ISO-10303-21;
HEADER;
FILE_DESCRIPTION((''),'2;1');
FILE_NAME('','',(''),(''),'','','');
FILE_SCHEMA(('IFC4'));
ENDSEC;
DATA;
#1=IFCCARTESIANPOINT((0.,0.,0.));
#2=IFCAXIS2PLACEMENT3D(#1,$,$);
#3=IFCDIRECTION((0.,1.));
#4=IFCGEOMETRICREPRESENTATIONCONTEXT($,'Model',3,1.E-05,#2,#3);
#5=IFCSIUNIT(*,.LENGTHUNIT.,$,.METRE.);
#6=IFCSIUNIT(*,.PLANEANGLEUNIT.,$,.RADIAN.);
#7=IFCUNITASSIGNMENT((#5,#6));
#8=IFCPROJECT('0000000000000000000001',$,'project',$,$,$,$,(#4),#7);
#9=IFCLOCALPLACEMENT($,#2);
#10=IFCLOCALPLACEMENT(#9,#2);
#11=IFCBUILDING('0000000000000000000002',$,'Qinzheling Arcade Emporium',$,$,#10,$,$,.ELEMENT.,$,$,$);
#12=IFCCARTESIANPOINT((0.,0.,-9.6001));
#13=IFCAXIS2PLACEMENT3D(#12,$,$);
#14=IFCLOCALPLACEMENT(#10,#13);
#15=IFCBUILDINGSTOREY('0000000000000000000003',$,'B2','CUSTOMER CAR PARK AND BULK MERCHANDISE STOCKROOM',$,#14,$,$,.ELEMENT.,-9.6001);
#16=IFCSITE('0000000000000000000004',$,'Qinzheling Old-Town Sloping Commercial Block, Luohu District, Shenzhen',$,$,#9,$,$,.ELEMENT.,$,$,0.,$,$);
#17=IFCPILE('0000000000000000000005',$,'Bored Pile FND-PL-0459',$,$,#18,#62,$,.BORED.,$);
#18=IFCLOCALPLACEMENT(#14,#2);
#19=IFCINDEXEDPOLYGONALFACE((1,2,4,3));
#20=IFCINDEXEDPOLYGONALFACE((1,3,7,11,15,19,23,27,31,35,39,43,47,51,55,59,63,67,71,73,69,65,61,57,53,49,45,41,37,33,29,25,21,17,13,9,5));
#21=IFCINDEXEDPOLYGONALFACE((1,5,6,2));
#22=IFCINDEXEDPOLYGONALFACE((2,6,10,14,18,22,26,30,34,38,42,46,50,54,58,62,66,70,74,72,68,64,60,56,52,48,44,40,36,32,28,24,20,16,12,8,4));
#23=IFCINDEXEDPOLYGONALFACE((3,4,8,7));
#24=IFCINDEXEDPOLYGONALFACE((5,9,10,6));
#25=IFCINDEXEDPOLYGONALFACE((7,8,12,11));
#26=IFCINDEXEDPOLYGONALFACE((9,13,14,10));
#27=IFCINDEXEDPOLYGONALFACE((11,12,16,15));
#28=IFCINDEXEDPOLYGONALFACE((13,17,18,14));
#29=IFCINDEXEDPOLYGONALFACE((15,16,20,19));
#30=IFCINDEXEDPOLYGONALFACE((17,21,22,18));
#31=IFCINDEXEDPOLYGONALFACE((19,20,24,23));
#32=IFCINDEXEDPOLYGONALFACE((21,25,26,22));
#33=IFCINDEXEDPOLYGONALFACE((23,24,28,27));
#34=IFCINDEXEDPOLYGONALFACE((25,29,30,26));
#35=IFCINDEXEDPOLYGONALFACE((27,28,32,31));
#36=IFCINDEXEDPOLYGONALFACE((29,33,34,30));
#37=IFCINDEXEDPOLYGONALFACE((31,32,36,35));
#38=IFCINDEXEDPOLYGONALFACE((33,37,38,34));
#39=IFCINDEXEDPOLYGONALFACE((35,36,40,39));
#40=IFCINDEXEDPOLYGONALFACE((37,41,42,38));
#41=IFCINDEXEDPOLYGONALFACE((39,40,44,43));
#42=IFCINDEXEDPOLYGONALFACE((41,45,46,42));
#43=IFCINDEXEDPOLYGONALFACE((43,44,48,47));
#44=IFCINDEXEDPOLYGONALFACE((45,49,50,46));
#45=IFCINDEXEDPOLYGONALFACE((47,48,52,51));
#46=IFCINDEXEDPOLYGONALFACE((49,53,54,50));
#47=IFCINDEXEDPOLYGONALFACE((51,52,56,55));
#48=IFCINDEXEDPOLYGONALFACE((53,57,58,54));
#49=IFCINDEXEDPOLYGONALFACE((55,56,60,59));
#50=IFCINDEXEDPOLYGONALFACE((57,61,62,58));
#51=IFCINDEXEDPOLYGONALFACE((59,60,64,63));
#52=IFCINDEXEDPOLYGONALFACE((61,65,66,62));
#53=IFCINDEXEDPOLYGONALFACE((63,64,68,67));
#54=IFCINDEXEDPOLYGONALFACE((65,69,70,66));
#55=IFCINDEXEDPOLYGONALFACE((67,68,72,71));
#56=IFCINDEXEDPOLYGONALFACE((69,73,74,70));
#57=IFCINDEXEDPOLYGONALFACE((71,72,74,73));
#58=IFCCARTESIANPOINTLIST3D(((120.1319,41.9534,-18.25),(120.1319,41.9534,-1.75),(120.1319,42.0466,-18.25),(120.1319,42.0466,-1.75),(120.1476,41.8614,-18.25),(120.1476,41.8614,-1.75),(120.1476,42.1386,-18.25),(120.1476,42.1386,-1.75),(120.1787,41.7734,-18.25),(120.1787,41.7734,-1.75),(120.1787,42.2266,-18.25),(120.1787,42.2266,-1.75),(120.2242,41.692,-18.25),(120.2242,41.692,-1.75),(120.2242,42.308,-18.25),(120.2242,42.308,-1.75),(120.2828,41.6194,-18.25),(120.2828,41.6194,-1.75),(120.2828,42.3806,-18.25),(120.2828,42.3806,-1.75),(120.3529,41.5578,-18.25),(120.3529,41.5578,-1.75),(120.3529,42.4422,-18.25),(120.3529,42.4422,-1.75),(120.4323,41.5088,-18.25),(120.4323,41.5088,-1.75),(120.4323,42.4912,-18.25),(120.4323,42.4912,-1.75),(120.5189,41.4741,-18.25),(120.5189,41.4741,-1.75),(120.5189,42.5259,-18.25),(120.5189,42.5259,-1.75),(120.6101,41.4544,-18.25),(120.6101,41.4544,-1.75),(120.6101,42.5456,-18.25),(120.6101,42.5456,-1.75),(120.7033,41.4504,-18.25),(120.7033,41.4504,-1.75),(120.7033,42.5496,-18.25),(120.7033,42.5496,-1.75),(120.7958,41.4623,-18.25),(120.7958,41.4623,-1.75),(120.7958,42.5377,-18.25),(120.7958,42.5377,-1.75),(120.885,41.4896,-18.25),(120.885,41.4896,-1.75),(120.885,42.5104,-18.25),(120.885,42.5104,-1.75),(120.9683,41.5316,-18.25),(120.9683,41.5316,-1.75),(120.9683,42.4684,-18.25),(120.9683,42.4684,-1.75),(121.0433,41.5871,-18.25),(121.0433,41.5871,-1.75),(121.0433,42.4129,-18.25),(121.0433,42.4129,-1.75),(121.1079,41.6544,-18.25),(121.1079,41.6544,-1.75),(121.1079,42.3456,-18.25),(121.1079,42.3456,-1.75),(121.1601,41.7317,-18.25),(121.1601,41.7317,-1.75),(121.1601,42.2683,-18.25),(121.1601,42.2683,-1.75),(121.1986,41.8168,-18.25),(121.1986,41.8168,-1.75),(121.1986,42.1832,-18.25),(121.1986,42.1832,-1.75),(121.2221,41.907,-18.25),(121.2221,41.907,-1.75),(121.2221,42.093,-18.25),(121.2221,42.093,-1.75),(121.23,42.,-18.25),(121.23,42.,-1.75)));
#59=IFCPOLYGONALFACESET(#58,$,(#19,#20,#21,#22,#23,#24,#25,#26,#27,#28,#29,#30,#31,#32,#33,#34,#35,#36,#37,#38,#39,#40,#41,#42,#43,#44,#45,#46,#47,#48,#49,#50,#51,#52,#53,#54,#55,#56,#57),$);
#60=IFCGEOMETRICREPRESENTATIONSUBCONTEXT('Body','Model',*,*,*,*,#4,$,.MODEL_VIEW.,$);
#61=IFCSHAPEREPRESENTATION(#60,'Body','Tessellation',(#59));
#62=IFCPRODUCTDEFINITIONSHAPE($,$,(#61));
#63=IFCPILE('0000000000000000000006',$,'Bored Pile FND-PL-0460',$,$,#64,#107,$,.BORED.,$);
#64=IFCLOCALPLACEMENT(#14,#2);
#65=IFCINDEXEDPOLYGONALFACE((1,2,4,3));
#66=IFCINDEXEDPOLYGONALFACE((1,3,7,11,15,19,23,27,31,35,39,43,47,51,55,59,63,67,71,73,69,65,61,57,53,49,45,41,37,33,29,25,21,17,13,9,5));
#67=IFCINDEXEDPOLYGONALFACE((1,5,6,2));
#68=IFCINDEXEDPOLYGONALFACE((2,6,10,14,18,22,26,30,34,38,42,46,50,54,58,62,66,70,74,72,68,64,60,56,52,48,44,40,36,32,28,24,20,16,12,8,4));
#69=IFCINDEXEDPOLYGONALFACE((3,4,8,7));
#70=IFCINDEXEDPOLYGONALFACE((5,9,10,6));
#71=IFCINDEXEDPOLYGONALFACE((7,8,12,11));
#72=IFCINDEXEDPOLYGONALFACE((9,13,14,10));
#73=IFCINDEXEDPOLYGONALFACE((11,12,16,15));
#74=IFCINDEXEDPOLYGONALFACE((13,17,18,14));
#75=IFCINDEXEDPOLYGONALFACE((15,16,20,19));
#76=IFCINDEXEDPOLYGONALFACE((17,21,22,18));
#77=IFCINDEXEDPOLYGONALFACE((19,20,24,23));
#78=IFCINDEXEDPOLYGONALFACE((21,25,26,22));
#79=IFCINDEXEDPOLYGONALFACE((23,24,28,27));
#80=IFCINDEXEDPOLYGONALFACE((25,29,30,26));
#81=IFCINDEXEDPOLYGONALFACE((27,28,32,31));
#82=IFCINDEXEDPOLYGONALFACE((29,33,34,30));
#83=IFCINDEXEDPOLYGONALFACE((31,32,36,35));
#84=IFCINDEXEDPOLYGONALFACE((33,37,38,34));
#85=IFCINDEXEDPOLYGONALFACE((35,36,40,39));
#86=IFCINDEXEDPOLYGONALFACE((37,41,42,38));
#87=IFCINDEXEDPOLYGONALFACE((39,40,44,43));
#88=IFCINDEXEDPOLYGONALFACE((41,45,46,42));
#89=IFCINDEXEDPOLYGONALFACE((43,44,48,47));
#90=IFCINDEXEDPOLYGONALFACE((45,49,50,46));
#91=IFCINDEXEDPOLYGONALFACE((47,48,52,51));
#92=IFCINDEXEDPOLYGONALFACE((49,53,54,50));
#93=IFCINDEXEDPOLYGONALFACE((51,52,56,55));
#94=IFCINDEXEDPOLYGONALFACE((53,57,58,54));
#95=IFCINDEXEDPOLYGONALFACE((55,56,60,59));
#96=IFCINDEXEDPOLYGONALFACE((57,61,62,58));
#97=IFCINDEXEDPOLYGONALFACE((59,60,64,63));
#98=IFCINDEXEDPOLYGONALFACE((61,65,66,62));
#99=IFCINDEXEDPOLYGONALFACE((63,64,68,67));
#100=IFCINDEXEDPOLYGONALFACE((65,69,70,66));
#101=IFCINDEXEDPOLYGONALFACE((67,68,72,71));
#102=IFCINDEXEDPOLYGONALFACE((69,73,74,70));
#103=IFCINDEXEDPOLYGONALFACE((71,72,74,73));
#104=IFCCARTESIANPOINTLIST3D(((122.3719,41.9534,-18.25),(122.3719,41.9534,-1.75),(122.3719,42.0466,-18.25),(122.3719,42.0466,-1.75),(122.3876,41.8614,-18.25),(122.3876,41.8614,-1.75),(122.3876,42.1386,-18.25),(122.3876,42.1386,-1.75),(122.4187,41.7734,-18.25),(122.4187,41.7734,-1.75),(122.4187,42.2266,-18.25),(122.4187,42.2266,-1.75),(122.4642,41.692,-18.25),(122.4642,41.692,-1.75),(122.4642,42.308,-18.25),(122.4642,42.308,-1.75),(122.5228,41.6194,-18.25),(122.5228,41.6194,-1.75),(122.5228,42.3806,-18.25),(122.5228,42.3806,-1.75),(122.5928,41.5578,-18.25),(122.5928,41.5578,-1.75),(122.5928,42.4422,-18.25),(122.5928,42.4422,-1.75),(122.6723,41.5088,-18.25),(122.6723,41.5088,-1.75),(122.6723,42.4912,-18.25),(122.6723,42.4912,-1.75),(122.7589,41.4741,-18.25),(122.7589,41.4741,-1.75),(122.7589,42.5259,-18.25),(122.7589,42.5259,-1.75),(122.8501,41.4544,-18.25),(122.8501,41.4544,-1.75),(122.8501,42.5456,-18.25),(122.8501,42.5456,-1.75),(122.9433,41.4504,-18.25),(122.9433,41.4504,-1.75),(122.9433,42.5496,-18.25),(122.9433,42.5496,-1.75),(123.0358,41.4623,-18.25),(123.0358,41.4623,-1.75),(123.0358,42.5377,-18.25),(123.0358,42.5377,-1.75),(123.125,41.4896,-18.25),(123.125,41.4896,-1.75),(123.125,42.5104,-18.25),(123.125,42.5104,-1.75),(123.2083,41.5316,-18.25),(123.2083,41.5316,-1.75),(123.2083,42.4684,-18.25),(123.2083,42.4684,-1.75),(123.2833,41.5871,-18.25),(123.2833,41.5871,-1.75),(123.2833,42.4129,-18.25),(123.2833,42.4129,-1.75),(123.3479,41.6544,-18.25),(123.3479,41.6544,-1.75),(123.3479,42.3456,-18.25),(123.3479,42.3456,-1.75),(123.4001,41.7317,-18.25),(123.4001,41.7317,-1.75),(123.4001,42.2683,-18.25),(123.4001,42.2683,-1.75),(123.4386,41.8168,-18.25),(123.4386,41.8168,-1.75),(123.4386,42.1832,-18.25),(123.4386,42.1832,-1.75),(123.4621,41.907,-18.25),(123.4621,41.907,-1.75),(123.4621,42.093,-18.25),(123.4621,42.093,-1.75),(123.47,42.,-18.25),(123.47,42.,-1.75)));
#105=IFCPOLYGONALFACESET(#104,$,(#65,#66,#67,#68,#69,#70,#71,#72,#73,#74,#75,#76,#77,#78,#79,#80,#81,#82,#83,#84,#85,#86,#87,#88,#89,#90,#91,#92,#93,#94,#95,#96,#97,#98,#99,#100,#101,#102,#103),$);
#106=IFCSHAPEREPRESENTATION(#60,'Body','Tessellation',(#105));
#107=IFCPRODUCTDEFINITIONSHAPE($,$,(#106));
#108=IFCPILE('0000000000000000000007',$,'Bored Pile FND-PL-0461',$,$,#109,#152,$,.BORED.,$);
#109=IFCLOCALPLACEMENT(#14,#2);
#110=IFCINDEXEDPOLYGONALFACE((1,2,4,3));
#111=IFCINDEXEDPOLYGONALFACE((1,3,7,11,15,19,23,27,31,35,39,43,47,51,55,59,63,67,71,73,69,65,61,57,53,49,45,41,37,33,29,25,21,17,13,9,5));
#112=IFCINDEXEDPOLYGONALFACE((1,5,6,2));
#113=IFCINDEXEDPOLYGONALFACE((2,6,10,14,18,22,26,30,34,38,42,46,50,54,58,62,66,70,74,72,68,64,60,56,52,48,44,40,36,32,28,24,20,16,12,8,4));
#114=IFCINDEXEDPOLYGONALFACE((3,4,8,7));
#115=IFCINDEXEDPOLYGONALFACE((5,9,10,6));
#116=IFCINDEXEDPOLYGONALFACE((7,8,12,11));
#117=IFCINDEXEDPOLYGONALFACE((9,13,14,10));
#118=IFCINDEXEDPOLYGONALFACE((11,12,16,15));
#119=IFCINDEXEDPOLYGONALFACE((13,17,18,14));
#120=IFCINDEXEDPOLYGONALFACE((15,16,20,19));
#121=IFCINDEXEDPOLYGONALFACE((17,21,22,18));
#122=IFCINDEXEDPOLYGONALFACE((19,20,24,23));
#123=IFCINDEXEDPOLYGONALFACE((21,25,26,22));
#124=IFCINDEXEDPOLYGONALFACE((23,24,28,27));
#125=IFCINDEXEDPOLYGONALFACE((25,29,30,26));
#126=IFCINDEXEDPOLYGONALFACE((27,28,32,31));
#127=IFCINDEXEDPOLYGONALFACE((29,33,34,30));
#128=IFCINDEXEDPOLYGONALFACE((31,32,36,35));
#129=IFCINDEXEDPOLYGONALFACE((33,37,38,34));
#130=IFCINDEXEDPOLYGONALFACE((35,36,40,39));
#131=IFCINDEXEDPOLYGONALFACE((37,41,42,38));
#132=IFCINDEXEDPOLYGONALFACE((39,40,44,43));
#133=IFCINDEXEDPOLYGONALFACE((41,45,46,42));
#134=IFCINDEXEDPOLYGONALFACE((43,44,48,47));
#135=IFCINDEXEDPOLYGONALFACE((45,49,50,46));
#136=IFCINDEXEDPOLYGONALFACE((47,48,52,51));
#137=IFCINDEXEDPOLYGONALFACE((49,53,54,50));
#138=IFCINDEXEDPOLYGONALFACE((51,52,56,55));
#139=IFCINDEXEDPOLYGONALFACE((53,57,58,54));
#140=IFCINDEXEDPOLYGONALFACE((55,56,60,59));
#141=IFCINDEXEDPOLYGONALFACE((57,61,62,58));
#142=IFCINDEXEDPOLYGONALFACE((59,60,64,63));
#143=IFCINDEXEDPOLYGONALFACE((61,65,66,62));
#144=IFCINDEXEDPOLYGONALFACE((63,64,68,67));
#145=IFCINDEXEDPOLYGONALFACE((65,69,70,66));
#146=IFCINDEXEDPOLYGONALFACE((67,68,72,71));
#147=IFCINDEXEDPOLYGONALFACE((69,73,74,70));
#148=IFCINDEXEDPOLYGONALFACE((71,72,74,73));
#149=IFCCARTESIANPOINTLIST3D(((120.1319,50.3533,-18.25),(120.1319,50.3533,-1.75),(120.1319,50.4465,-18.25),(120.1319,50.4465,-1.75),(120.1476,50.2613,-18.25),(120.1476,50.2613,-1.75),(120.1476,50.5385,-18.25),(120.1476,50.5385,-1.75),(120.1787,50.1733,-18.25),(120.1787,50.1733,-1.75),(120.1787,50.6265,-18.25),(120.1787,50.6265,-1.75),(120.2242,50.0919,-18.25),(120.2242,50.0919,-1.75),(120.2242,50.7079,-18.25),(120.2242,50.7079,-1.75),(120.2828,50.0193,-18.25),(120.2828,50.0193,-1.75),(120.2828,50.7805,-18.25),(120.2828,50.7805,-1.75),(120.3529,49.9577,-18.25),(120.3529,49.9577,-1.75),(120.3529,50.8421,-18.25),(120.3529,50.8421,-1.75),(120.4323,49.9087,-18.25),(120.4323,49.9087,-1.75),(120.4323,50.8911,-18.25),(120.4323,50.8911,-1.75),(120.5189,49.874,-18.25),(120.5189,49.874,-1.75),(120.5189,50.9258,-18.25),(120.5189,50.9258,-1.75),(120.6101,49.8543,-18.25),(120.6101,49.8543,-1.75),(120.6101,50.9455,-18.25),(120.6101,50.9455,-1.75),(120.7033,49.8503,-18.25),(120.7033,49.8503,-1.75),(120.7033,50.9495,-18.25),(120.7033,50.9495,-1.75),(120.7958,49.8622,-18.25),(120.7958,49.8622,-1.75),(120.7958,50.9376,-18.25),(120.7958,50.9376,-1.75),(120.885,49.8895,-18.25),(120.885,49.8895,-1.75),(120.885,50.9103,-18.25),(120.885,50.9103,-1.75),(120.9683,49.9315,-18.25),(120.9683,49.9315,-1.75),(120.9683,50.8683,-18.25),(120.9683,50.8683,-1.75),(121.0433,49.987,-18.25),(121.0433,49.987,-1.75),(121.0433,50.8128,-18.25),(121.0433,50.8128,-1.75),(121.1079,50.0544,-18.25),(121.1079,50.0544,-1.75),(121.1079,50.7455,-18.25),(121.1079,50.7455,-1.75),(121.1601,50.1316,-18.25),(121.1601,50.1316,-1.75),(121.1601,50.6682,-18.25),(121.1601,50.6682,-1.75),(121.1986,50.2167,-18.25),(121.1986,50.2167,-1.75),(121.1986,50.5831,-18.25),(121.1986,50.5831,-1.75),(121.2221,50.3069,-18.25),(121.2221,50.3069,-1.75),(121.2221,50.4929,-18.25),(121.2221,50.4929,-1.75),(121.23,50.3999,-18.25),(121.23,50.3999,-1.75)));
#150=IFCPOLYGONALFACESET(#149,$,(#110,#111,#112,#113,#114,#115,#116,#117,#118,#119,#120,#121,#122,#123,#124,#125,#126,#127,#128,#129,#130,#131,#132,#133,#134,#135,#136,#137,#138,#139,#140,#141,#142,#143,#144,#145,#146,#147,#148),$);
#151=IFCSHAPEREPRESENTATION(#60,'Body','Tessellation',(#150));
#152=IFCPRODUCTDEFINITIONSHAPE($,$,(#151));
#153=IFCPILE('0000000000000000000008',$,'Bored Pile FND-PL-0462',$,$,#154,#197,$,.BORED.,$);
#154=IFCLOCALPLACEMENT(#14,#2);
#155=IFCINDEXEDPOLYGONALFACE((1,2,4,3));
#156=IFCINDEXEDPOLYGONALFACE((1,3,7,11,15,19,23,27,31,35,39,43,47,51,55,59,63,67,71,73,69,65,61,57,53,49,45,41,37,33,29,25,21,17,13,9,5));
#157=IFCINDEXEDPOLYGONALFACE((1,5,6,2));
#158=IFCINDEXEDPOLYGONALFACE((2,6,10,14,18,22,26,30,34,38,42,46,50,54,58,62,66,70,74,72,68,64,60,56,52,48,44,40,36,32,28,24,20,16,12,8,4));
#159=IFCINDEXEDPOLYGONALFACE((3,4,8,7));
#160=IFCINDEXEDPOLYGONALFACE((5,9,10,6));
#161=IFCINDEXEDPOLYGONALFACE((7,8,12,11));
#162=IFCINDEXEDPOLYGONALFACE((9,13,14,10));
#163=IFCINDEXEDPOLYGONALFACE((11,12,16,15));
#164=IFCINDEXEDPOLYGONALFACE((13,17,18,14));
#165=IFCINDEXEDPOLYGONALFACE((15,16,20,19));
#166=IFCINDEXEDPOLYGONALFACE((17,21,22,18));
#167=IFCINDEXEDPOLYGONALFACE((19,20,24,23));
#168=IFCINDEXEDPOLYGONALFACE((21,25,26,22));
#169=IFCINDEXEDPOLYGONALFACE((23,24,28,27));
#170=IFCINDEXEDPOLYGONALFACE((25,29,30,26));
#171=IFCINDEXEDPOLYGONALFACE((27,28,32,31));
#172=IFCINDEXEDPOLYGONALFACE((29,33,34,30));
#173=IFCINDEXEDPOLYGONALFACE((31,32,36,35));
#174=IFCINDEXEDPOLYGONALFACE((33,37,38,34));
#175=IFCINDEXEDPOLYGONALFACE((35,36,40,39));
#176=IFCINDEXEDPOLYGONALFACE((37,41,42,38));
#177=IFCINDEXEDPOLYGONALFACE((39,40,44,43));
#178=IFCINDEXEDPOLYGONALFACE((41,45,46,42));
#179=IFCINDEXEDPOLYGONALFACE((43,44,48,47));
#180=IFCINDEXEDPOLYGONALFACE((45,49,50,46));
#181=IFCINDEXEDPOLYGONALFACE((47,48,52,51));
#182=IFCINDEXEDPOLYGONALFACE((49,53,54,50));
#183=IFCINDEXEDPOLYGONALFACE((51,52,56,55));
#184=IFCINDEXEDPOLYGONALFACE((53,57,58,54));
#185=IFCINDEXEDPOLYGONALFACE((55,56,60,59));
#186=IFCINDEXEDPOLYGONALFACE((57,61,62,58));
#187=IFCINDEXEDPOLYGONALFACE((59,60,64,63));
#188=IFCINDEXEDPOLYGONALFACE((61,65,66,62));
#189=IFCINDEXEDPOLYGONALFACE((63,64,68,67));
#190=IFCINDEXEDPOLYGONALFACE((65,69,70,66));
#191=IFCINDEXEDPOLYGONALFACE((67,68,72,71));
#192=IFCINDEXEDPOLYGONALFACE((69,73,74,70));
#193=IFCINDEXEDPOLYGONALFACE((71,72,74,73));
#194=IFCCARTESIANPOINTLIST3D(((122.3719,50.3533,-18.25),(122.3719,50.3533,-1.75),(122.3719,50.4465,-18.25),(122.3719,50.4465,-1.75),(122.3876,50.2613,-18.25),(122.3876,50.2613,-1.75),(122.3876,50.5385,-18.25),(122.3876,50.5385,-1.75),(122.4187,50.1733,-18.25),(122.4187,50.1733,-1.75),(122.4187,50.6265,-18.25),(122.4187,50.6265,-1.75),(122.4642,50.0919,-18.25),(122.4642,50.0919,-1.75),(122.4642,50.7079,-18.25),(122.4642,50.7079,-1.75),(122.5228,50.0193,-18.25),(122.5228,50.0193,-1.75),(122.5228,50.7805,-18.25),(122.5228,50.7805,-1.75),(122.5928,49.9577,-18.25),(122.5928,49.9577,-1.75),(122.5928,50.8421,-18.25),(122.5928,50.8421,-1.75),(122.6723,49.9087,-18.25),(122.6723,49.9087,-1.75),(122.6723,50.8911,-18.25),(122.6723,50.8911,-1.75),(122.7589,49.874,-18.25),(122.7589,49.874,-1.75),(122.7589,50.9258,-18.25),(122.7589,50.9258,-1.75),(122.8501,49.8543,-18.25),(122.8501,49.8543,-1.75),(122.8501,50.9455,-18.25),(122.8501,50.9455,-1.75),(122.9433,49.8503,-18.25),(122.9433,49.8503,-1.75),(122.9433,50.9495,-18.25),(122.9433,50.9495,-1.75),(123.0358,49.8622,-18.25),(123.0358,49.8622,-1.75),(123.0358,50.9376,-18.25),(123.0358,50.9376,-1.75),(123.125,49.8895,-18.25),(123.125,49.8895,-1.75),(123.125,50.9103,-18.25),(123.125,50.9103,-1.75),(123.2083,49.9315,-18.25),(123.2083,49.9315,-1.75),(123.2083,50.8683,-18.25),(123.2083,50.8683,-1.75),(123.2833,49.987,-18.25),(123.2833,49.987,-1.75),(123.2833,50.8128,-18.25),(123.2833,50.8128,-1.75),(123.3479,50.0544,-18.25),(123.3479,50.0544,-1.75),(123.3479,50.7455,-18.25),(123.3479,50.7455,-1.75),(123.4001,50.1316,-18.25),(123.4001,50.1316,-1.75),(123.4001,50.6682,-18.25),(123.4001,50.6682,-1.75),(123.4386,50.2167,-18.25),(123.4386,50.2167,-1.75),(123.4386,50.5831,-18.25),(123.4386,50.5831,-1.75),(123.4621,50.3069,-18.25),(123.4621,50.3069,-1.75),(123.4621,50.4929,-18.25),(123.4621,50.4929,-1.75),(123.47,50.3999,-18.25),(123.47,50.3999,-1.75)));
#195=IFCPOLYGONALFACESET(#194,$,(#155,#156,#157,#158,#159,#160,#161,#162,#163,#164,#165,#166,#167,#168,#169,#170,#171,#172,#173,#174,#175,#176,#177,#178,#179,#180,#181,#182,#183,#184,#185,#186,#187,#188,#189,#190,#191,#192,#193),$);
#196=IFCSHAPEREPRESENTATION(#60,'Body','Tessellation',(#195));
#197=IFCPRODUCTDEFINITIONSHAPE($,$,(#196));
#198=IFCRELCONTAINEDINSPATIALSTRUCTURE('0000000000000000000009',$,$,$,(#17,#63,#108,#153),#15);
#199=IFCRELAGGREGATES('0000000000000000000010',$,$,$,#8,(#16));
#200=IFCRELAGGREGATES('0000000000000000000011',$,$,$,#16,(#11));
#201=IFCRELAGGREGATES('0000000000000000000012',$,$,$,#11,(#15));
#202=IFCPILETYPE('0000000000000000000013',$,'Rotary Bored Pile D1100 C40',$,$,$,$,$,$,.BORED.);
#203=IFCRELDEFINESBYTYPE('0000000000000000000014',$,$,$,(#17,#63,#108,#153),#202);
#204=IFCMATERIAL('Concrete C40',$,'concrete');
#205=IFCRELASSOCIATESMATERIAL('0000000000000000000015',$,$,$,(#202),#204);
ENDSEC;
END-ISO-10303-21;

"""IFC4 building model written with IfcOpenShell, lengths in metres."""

from ifc_helpers import new_model, si_unit, direction, frame, origin, origin_2d, place, context, subcontext, project, spatial, circle, extrude, material, material_profile, profile_set, type_object, element, save


model = new_model("IFC4")

# Units and contexts
model_context = context("Model", 3, precision=1e-05, world=origin(), true_north=direction((0.0, 1.0)))
body_context = subcontext(model_context, "Body", "Model", "MODEL_VIEW")
ifc_project = project(units=[si_unit("LENGTHUNIT", "METRE"), si_unit("PLANEANGLEUNIT", "RADIAN")], contexts=[model_context])

# Site, building, storey
site_placement = place(None, origin())
site = spatial("IfcSite", under=ifc_project, at=site_placement, Name="Qinzheling Old-Town Sloping Commercial Block, Luohu District, Shenzhen", CompositionType="ELEMENT", RefElevation=0.0)
building_placement = place(site_placement, origin())
building = spatial("IfcBuilding", under=site, at=building_placement, Name="Qinzheling Arcade Emporium", CompositionType="ELEMENT")
storey_placement = place(building_placement, frame((0.0, 0.0, -9.6001)))
storey = spatial("IfcBuildingStorey", under=building, at=storey_placement, Name="B2", Description="CUSTOMER CAR PARK AND BULK MERCHANDISE STOCKROOM", CompositionType="ELEMENT", Elevation=-9.6001)

# Shared definitions
ifc_material_1 = material(Name="Concrete C40", Category="concrete")

# Piles
ifc_material_profile_1 = material_profile(ifc_material_1, circle(Radius=0.55, at=origin_2d()), Name="BORED D1100", Category="concrete")
ifc_profile_set_1 = profile_set([ifc_material_profile_1], Name="Concrete C40")
pile_type_1 = type_object("IfcPileType", Name="Rotary Bored Pile D1100 C40", PredefinedType="BORED", material=ifc_profile_set_1)
for number, where, z_axis, x_axis, name in (
    (1, (120.6799, 42.0, -1.75), (0.0, 0.0, -1.0), (1.0, 0.0, 0.0), "Bored Pile FND-PL-0459"),
    (2, (122.9199, 42.0, -1.75), (0.0, 0.0, -1.0), (1.0, 0.0, 0.0), "Bored Pile FND-PL-0460"),
    (3, (120.6799, 50.3999, -1.75), (0.0, 0.0, -1.0), (1.0, 0.0, 0.0), "Bored Pile FND-PL-0461"),
    (4, (122.9199, 50.3999, -1.75), (0.0, 0.0, -1.0), (1.0, 0.0, 0.0), "Bored Pile FND-PL-0462"),
):
    element("IfcPile", number, at=place(storey_placement, frame(where, z_axis=z_axis, x_axis=x_axis)), inside=storey, type_object=pile_type_1, Name=name, PredefinedType="BORED", context=body_context, shape_type="SweptSolid", body=[
        extrude(circle(Radius=0.55, at=origin_2d()), origin(), (0.0, 0.0, 1.0), 16.5),
    ])

save(model, "model.ifc")
